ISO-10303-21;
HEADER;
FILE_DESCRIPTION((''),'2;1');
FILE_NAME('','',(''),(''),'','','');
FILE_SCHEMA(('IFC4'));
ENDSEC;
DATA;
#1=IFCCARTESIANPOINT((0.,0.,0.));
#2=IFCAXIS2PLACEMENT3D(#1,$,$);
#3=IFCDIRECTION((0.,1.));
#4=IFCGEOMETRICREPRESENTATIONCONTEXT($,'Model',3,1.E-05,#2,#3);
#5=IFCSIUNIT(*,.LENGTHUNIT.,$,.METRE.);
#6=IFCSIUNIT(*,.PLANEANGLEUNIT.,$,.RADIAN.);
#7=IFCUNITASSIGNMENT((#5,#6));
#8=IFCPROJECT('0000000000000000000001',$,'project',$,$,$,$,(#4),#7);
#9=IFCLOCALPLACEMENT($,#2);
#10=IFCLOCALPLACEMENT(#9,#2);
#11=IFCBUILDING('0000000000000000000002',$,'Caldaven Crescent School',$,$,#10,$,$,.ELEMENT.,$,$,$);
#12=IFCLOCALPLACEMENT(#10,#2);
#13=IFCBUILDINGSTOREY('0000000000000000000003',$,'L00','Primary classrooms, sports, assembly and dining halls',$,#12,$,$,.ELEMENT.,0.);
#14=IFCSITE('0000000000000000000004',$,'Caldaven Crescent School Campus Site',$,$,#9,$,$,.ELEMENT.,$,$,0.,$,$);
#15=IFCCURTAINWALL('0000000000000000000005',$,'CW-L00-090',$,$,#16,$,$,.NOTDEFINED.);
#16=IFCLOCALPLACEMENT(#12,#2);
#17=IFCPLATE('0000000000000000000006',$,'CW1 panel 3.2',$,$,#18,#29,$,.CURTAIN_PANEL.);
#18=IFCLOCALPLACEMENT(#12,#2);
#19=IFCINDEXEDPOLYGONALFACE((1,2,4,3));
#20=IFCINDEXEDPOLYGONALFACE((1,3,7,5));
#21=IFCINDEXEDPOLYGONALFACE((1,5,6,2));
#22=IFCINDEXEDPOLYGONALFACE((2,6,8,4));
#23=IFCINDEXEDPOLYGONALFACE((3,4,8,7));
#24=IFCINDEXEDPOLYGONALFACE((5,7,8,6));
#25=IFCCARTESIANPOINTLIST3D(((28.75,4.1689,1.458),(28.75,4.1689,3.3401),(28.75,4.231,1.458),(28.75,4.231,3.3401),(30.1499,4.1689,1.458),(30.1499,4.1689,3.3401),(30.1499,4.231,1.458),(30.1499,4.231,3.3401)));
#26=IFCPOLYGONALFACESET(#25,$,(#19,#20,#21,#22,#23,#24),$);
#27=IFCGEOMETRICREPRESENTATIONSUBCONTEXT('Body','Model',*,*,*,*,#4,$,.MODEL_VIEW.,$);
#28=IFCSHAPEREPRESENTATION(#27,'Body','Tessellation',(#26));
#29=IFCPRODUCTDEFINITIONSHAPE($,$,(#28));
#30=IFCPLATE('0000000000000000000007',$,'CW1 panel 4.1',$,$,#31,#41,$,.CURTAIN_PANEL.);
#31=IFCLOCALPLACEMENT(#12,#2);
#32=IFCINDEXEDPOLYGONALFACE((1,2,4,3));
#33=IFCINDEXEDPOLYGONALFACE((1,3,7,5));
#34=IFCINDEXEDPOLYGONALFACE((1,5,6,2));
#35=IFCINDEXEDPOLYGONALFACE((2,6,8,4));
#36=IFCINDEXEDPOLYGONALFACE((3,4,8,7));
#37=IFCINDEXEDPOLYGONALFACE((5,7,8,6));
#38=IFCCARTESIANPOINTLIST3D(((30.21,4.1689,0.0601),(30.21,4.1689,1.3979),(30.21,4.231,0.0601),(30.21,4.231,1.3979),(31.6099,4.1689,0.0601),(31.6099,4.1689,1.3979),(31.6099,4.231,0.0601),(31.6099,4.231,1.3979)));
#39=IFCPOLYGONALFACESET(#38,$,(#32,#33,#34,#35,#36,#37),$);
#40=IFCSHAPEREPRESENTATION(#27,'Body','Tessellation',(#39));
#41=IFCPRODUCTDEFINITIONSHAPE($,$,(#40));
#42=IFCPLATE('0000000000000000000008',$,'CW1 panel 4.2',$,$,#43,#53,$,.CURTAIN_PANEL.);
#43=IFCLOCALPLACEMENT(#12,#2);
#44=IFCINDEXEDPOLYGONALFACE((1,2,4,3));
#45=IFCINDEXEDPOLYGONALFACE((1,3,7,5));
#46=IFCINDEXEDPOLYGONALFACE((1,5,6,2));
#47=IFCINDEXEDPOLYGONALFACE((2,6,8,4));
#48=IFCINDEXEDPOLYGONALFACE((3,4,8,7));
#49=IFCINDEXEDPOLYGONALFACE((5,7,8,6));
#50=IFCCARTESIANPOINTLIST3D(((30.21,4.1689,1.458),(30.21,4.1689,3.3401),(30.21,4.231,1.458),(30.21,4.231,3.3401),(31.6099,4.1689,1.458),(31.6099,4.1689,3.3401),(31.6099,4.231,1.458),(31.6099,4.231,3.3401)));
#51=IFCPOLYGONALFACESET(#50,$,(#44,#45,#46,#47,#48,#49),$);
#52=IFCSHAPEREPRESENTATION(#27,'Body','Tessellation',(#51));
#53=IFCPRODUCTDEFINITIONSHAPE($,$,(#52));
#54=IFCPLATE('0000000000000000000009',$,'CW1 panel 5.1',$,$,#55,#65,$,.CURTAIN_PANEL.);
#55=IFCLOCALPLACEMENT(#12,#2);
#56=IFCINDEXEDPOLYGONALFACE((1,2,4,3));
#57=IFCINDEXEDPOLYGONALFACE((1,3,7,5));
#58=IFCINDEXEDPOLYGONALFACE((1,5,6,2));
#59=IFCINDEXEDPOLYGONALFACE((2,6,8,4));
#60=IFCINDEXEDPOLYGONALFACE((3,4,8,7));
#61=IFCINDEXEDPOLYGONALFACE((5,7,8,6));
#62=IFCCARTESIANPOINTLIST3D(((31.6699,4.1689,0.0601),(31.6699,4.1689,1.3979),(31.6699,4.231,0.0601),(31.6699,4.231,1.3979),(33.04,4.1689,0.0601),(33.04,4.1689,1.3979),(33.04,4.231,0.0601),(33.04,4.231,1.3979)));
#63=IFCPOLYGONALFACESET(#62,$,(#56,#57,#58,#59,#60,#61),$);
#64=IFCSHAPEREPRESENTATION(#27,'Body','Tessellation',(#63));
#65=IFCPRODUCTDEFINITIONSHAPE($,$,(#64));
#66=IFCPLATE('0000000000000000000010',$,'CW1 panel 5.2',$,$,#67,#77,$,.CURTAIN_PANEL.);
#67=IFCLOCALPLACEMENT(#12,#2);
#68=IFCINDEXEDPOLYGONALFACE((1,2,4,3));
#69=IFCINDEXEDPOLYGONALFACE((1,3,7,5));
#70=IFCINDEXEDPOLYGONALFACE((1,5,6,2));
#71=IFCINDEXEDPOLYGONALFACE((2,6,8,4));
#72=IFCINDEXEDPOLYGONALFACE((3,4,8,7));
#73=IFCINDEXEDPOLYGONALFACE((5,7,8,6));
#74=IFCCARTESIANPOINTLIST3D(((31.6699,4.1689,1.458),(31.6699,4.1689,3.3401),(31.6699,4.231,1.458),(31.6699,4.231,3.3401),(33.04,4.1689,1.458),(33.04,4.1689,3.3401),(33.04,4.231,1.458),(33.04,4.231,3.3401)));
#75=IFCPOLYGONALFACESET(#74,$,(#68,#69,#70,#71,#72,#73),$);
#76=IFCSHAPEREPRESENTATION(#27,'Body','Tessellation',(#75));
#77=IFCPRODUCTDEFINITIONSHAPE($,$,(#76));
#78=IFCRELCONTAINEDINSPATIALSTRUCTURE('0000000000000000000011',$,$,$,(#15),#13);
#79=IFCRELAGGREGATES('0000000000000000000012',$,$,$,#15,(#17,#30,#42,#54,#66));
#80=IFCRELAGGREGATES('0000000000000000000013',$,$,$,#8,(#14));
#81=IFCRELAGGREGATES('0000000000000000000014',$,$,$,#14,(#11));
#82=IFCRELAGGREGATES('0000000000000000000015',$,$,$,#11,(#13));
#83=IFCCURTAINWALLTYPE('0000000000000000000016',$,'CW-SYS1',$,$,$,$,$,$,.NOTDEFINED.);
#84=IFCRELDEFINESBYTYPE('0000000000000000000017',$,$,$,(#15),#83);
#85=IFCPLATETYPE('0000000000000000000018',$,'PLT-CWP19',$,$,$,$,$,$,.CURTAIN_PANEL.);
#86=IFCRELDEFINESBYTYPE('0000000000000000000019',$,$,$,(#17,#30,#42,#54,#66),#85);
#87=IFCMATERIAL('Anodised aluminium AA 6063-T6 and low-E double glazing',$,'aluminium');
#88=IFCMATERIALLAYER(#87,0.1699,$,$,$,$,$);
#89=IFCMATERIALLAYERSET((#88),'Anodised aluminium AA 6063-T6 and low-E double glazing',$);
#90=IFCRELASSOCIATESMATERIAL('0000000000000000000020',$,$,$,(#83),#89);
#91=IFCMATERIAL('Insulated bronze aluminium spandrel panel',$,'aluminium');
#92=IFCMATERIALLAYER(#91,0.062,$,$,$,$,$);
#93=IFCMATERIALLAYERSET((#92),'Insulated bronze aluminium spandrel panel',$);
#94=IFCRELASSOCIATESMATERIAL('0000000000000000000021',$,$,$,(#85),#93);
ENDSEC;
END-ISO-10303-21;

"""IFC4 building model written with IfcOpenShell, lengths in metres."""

from ifc_helpers import new_model, si_unit, direction, frame, origin, origin_2d, place, context, subcontext, project, spatial, rectangle, extrude, material, layer, layer_set, type_object, element, aggregate, save


model = new_model("IFC4")

# Units and contexts
model_context = context("Model", 3, precision=1e-05, world=origin(), true_north=direction((0.0, 1.0)))
body_context = subcontext(model_context, "Body", "Model", "MODEL_VIEW")
ifc_project = project(units=[si_unit("LENGTHUNIT", "METRE"), si_unit("PLANEANGLEUNIT", "RADIAN")], contexts=[model_context])

# Site, building, storey
site_placement = place(None, origin())
site = spatial("IfcSite", under=ifc_project, at=site_placement, Name="Caldaven Crescent School Campus Site", CompositionType="ELEMENT", RefElevation=0.0)
building_placement = place(site_placement, origin())
building = spatial("IfcBuilding", under=site, at=building_placement, Name="Caldaven Crescent School", CompositionType="ELEMENT")
storey_placement = place(building_placement, origin())
storey = spatial("IfcBuildingStorey", under=building, at=storey_placement, Name="L00", Description="Primary classrooms, sports, assembly and dining halls", CompositionType="ELEMENT", Elevation=0.0)

# Curtain wall, plates
ifc_material_1 = material(Name="Anodised aluminium AA 6063-T6 and low-E double glazing", Category="aluminium")
ifc_layer_1 = layer(ifc_material_1, 0.1699)
ifc_layer_set_1 = layer_set([ifc_layer_1], Name="Anodised aluminium AA 6063-T6 and low-E double glazing")
curtain_wall_type = type_object("IfcCurtainWallType", Name="CW-SYS1", PredefinedType="NOTDEFINED", material=ifc_layer_set_1)
curtain_wall_placement = place(storey_placement, origin())
curtain_wall = element("IfcCurtainWall", 1, at=curtain_wall_placement, inside=storey, type_object=curtain_wall_type, Name="CW-L00-090", PredefinedType="NOTDEFINED")
ifc_material_2 = material(Name="Insulated bronze aluminium spandrel panel", Category="aluminium")
ifc_layer_2 = layer(ifc_material_2, 0.062)
ifc_layer_set_2 = layer_set([ifc_layer_2], Name="Insulated bronze aluminium spandrel panel")
plate_type = type_object("IfcPlateType", Name="PLT-CWP19", PredefinedType="CURTAIN_PANEL", material=ifc_layer_set_2)
plate_1_placement = place(storey_placement, frame((29.45, 4.2, 1.458), z_axis=(0.0, 0.0, 1.0), x_axis=(1.0, 0.0, 0.0)))
plate_1 = element("IfcPlate", 2, at=plate_1_placement, type_object=plate_type, Name="CW1 panel 3.2", PredefinedType="CURTAIN_PANEL", context=body_context, shape_type="SweptSolid", body=[
    extrude(rectangle(XDim=1.3999, YDim=0.062, at=origin_2d()), origin(), (0.0, 0.0, 1.0), 1.8821),
])
plate_2_placement = place(storey_placement, frame((30.9099, 4.2, 0.0601), z_axis=(0.0, 0.0, 1.0), x_axis=(1.0, 0.0, 0.0)))
plate_2 = element("IfcPlate", 3, at=plate_2_placement, type_object=plate_type, Name="CW1 panel 4.1", PredefinedType="CURTAIN_PANEL", context=body_context, shape_type="SweptSolid", body=[
    extrude(rectangle(XDim=1.3999, YDim=0.062, at=origin_2d()), origin(), (0.0, 0.0, 1.0), 1.3379),
])
plate_3_placement = place(storey_placement, frame((30.9099, 4.2, 1.458), z_axis=(0.0, 0.0, 1.0), x_axis=(1.0, 0.0, 0.0)))
plate_3 = element("IfcPlate", 4, at=plate_3_placement, type_object=plate_type, Name="CW1 panel 4.2", PredefinedType="CURTAIN_PANEL", context=body_context, shape_type="SweptSolid", body=[
    extrude(rectangle(XDim=1.3999, YDim=0.062, at=origin_2d()), origin(), (0.0, 0.0, 1.0), 1.8821),
])
plate_4_placement = place(storey_placement, frame((32.355, 4.2, 0.0601), z_axis=(0.0, 0.0, 1.0), x_axis=(1.0, 0.0, 0.0)))
plate_4 = element("IfcPlate", 5, at=plate_4_placement, type_object=plate_type, Name="CW1 panel 5.1", PredefinedType="CURTAIN_PANEL", context=body_context, shape_type="SweptSolid", body=[
    extrude(rectangle(XDim=1.3701, YDim=0.062, at=origin_2d()), origin(), (0.0, 0.0, 1.0), 1.3379),
])
plate_5_placement = place(storey_placement, frame((32.355, 4.2, 1.458), z_axis=(0.0, 0.0, 1.0), x_axis=(1.0, 0.0, 0.0)))
plate_5 = element("IfcPlate", 6, at=plate_5_placement, type_object=plate_type, Name="CW1 panel 5.2", PredefinedType="CURTAIN_PANEL", context=body_context, shape_type="SweptSolid", body=[
    extrude(rectangle(XDim=1.3701, YDim=0.062, at=origin_2d()), origin(), (0.0, 0.0, 1.0), 1.8821),
])
aggregate(curtain_wall, [plate_1, plate_2, plate_3, plate_4, plate_5])

save(model, "model.ifc")
